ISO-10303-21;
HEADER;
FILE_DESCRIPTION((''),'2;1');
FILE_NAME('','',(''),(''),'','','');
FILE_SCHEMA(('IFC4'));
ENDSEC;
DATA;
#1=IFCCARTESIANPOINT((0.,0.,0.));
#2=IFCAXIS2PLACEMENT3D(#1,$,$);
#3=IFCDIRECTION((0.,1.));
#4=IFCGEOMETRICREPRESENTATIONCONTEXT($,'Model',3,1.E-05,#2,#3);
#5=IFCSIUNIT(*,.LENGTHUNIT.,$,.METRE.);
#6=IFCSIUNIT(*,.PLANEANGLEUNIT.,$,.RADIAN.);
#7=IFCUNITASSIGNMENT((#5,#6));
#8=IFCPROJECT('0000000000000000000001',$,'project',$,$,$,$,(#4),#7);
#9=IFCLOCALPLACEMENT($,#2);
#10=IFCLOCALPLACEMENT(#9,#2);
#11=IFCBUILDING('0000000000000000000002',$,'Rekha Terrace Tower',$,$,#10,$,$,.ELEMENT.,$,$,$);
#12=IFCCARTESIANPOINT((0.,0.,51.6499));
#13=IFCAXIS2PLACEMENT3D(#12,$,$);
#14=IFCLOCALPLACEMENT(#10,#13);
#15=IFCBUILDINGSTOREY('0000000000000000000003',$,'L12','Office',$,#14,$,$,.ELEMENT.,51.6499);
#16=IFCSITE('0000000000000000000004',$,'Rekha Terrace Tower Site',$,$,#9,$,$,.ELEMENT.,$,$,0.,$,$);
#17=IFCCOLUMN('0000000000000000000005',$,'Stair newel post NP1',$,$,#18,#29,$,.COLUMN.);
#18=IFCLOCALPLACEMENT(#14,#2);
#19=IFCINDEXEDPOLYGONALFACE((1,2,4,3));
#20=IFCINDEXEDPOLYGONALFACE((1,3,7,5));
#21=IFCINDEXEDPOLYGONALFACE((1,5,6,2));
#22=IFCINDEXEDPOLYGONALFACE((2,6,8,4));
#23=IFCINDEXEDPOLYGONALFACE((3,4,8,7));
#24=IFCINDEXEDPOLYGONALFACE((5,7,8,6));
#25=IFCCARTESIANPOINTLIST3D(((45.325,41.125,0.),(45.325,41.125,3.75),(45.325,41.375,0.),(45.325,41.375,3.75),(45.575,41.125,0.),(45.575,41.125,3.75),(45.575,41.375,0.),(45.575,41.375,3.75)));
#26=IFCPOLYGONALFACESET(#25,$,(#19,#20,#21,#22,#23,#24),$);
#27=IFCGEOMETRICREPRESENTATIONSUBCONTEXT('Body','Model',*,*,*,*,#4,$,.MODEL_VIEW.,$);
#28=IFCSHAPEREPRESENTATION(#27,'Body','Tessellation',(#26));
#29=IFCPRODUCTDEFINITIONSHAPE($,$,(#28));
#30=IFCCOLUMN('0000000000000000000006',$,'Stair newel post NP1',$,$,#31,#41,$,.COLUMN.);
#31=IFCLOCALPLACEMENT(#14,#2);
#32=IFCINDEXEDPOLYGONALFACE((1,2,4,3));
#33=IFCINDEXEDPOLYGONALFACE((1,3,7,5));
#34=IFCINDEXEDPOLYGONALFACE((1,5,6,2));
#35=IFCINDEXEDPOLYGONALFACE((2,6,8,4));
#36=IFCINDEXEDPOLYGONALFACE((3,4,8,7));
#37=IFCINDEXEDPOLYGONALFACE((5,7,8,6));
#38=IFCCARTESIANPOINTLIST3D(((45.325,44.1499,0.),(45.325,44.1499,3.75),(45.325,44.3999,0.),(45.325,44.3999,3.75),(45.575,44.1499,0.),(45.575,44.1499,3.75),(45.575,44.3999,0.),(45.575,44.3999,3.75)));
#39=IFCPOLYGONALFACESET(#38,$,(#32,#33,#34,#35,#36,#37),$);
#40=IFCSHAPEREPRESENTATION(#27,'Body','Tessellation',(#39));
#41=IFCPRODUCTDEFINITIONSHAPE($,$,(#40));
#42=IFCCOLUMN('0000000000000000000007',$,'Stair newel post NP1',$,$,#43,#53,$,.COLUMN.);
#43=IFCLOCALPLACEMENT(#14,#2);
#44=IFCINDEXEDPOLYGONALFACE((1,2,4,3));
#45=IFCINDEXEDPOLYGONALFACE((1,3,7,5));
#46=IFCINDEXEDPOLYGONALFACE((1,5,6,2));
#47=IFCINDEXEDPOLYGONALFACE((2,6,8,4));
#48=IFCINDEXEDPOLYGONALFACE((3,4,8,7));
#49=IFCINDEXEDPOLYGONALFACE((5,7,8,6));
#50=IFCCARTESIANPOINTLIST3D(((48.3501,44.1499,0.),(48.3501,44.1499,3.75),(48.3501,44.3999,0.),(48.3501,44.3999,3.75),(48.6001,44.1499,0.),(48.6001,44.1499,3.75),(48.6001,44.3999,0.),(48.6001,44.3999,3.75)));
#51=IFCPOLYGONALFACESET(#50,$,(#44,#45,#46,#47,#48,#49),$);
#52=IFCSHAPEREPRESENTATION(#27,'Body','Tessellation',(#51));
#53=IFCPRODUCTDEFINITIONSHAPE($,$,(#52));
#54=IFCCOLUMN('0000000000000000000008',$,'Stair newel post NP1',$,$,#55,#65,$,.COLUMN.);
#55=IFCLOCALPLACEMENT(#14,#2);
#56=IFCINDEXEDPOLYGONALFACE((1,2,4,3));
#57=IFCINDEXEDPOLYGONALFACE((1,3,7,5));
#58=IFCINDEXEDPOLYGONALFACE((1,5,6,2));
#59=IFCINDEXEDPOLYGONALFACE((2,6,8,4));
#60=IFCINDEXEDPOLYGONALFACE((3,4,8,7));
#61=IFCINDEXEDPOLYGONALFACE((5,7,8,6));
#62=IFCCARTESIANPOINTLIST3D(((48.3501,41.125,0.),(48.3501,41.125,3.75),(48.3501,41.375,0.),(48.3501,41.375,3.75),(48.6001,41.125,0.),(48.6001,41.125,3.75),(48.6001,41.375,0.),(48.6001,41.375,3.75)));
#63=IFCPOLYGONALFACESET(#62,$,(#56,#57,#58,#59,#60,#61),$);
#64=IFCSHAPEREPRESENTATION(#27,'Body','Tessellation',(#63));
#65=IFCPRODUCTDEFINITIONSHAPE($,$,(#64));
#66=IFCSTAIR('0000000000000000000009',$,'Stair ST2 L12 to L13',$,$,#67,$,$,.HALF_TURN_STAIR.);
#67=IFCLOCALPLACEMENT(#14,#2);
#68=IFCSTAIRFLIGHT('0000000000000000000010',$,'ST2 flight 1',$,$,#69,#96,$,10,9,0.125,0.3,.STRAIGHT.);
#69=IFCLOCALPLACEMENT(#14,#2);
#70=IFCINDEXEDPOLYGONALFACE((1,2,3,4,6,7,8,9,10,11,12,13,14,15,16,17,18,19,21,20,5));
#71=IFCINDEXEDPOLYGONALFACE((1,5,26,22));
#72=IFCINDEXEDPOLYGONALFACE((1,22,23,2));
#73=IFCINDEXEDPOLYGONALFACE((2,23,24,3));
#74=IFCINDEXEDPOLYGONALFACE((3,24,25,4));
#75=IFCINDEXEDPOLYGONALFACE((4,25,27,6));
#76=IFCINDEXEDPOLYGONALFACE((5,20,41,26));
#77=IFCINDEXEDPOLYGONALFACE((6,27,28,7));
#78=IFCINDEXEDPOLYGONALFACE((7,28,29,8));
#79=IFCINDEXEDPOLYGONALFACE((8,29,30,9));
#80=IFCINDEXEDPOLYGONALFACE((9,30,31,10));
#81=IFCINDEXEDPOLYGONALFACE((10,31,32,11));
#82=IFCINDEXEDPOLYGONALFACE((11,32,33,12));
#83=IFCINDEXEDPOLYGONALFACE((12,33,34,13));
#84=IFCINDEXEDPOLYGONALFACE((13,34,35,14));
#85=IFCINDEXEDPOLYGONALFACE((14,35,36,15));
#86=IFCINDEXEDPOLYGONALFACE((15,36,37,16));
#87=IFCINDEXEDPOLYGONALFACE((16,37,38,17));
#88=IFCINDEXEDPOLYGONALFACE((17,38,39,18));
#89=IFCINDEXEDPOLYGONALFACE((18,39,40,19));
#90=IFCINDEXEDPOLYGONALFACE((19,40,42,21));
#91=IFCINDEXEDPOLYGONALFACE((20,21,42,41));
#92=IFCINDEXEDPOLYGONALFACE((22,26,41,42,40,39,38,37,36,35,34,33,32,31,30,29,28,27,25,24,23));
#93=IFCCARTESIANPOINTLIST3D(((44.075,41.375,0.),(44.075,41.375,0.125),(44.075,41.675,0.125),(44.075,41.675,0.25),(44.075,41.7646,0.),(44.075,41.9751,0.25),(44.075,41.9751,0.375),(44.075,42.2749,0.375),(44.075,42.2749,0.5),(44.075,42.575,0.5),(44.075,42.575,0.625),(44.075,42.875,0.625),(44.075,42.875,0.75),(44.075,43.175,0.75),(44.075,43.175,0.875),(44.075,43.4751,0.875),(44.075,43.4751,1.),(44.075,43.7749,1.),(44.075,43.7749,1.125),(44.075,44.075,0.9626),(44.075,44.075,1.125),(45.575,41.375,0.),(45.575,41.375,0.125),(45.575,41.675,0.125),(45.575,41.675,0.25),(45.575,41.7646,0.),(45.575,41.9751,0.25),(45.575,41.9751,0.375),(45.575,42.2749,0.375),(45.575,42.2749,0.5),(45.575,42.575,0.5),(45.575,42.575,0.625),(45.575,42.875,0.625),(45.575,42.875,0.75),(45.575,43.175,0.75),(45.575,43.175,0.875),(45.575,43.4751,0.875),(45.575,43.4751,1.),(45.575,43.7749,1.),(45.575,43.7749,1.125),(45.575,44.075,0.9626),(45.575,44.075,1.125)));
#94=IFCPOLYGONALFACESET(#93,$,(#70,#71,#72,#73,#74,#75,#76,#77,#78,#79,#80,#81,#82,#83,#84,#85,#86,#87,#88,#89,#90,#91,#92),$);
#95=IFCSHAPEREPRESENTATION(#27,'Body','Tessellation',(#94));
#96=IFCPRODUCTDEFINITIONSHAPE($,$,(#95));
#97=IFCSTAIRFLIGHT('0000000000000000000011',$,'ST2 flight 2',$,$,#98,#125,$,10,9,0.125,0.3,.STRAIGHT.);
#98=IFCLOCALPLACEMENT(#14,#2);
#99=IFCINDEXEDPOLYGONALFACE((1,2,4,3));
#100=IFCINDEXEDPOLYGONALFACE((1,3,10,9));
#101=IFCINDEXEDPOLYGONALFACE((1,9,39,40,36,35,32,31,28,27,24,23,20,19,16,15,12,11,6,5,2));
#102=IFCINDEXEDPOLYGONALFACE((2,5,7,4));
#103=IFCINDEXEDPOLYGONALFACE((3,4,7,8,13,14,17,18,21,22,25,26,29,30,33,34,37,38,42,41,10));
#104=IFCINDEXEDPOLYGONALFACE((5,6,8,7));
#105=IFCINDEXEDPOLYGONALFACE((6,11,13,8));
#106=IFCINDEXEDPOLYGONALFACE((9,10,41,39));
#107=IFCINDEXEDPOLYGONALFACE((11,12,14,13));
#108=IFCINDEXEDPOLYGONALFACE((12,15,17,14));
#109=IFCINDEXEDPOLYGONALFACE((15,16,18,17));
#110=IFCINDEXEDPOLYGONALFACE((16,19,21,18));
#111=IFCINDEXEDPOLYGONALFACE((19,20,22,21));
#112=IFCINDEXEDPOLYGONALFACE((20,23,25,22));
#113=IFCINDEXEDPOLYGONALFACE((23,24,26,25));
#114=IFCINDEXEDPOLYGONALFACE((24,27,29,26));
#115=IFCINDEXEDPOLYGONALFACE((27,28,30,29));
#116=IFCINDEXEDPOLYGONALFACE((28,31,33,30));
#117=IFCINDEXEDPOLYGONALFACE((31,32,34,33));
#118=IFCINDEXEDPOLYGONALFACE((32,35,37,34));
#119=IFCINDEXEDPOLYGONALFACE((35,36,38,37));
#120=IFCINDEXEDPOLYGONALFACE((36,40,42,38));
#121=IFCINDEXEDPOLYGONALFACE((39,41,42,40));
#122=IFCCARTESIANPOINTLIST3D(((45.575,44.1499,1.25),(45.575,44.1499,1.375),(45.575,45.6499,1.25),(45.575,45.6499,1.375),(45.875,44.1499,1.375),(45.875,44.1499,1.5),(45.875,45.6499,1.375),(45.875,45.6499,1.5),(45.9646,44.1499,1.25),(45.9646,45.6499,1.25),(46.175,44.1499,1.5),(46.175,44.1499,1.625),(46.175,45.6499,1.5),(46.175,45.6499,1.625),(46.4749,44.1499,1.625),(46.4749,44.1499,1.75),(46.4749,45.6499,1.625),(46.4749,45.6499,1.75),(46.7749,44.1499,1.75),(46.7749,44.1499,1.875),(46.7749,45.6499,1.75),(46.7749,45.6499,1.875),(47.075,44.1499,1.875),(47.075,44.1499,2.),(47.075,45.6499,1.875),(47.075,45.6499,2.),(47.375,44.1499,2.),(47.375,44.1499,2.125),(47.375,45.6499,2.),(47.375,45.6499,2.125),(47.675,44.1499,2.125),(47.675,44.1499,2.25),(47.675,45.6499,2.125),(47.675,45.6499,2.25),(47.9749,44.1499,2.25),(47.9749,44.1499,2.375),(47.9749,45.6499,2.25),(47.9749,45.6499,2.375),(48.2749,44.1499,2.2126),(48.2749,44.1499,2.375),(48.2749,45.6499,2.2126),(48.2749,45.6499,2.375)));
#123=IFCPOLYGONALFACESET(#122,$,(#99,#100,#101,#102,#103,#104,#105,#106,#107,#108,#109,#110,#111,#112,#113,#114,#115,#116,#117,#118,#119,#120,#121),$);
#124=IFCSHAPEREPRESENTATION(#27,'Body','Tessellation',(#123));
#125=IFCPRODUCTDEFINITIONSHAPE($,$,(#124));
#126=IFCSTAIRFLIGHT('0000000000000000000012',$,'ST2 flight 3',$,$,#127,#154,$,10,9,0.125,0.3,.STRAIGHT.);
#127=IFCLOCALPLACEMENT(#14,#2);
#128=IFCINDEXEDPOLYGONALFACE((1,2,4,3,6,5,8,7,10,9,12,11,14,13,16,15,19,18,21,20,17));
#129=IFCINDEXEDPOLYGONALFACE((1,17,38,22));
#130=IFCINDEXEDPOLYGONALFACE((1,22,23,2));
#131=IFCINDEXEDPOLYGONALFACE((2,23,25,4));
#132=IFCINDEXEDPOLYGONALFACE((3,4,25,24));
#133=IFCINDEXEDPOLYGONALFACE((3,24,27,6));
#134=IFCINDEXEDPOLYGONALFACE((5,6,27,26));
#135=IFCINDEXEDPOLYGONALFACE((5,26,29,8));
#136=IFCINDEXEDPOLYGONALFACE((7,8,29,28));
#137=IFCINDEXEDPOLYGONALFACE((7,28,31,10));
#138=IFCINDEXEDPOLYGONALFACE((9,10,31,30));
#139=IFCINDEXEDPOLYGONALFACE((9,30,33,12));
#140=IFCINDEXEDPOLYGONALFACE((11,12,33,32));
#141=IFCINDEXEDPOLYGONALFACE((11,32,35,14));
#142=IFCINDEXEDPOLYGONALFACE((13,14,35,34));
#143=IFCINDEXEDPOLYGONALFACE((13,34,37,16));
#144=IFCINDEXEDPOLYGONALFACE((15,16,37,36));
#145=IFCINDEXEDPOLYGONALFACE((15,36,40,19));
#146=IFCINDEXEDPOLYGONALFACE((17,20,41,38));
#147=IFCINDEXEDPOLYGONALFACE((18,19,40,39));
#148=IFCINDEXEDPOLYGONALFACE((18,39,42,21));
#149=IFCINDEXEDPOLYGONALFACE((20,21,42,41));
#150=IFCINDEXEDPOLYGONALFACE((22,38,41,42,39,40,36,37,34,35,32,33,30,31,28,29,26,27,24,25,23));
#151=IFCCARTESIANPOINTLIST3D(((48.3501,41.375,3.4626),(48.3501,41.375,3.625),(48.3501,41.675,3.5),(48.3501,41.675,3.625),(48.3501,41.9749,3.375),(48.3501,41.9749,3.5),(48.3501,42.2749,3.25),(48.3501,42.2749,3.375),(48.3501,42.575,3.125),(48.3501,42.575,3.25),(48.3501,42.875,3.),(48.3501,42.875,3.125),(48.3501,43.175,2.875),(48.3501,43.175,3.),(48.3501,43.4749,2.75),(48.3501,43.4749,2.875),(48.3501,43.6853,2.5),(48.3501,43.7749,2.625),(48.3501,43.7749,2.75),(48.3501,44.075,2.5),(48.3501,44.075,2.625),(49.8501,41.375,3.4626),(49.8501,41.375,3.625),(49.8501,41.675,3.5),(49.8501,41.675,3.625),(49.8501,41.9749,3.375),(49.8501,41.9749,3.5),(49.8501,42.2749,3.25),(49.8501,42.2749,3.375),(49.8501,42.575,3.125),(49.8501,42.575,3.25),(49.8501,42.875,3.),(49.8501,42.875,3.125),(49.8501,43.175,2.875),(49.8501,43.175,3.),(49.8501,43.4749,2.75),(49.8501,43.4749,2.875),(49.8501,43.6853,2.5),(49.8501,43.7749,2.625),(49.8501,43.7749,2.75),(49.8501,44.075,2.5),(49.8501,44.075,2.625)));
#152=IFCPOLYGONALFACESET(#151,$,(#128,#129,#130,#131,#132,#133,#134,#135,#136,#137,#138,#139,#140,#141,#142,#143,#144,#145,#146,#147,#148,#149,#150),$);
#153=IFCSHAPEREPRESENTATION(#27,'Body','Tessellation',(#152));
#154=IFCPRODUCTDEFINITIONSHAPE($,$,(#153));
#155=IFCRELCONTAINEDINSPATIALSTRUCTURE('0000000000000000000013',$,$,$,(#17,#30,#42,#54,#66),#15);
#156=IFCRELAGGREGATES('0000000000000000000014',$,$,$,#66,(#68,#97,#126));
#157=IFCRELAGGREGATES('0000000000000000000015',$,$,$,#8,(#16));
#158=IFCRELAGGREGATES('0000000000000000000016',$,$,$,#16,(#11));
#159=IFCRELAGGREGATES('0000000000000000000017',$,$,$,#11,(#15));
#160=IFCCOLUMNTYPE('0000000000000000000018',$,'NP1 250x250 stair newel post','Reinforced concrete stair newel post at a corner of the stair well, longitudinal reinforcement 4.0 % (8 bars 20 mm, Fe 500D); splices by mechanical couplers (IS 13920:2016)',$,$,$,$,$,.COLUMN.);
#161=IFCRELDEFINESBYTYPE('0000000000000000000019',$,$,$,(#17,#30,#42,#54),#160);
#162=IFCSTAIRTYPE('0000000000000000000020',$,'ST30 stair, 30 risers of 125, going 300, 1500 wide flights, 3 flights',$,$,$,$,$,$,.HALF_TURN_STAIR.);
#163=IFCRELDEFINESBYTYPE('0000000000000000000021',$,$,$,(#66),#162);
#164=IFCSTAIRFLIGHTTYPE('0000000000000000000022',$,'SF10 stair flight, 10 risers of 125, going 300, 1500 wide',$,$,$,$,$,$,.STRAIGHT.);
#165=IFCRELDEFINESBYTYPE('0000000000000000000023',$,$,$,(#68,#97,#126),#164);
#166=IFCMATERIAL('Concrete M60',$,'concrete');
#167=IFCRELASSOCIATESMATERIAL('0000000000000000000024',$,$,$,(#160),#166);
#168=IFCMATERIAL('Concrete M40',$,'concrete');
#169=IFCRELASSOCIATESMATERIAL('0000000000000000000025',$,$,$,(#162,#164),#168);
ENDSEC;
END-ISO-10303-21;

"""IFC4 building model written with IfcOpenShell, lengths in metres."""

from ifc_helpers import new_model, si_unit, direction, frame, origin, origin_2d, place, context, subcontext, project, spatial, polyline, rectangle, outline, extrude, material, material_profile, profile_set, type_object, element, aggregate, save


model = new_model("IFC4")

# Units and contexts
model_context = context("Model", 3, precision=1e-05, world=origin(), true_north=direction((0.0, 1.0)))
body_context = subcontext(model_context, "Body", "Model", "MODEL_VIEW")
ifc_project = project(units=[si_unit("LENGTHUNIT", "METRE"), si_unit("PLANEANGLEUNIT", "RADIAN")], contexts=[model_context])

# Site, building, storey
site_placement = place(None, origin())
site = spatial("IfcSite", under=ifc_project, at=site_placement, Name="Rekha Terrace Tower Site", CompositionType="ELEMENT", RefElevation=0.0)
building_placement = place(site_placement, origin())
building = spatial("IfcBuilding", under=site, at=building_placement, Name="Rekha Terrace Tower", CompositionType="ELEMENT")
storey_placement = place(building_placement, frame((0.0, 0.0, 51.6499)))
storey = spatial("IfcBuildingStorey", under=building, at=storey_placement, Name="L12", Description="Office", CompositionType="ELEMENT", Elevation=51.6499)

# Columns
ifc_material_1 = material(Name="Concrete M60", Category="concrete")
ifc_material_profile = material_profile(ifc_material_1, rectangle(XDim=0.25, YDim=0.25, at=origin_2d()), Name="RC 250x250")
ifc_profile_set = profile_set([ifc_material_profile], Name="Concrete M60")
column_type = type_object("IfcColumnType", Name="NP1 250x250 stair newel post", Description="Reinforced concrete stair newel post at a corner of the stair well, longitudinal reinforcement 4.0 % (8 bars 20 mm, Fe 500D); splices by mechanical couplers (IS 13920:2016)", PredefinedType="COLUMN", material=ifc_profile_set)
for number, where, z_axis, x_axis, name in (
    (1, (45.45, 41.25, 0.0), (0.0, 0.0, 1.0), (1.0, 0.0, 0.0), "Stair newel post NP1"),
    (2, (45.45, 44.2749, 0.0), (0.0, 0.0, 1.0), (1.0, 0.0, 0.0), "Stair newel post NP1"),
    (3, (48.4751, 44.2749, 0.0), (0.0, 0.0, 1.0), (1.0, 0.0, 0.0), "Stair newel post NP1"),
    (4, (48.4751, 41.25, 0.0), (0.0, 0.0, 1.0), (1.0, 0.0, 0.0), "Stair newel post NP1"),
):
    element("IfcColumn", number, at=place(storey_placement, frame(where, z_axis=z_axis, x_axis=x_axis)), inside=storey, type_object=column_type, Name=name, PredefinedType="COLUMN", context=body_context, shape_type="SweptSolid", body=[
        extrude(rectangle(XDim=0.25, YDim=0.25, at=origin_2d()), origin(), (0.0, 0.0, 1.0), 3.75),
    ])

# Stair, stair flights
ifc_material_2 = material(Name="Concrete M40", Category="concrete")
stair_type = type_object("IfcStairType", Name="ST30 stair, 30 risers of 125, going 300, 1500 wide flights, 3 flights", PredefinedType="HALF_TURN_STAIR", material=ifc_material_2)
stair_placement = place(storey_placement, origin())
stair = element("IfcStair", 5, at=stair_placement, inside=storey, type_object=stair_type, Name="Stair ST2 L12 to L13", PredefinedType="HALF_TURN_STAIR")
stair_flight_type = type_object("IfcStairFlightType", Name="SF10 stair flight, 10 risers of 125, going 300, 1500 wide", PredefinedType="STRAIGHT", material=ifc_material_2)
stair_flight_1_placement = place(storey_placement, frame((44.825, 41.375, 0.0), z_axis=(0.0, 0.0, 1.0), x_axis=(0.0, 1.0, 0.0)))
stair_flight_1 = element("IfcStairFlight", 6, at=stair_flight_1_placement, type_object=stair_flight_type, Name="ST2 flight 1", NumberOfRisers=10, NumberOfTreads=9, PredefinedType="STRAIGHT", RiserHeight=0.125, TreadLength=0.3, context=body_context, shape_type="SweptSolid", body=[
    extrude(outline(polyline([(0.0, 0.0), (0.0, 0.125), (0.3, 0.125), (0.3, 0.25), (0.6001, 0.25), (0.6001, 0.375), (0.8999, 0.375), (0.8999, 0.5), (1.2, 0.5), (1.2, 0.625), (1.5, 0.625), (1.5, 0.75), (1.8, 0.75), (1.8, 0.875), (2.1001, 0.875), (2.1001, 1.0), (2.3999, 1.0), (2.3999, 1.125), (2.7, 1.125), (2.7, 1.25), (2.7, 0.9626), (0.3896, 0.0), (0.0, 0.0)])), frame((0.0, 0.75, 0.0), z_axis=(0.0, -1.0, 0.0), x_axis=(1.0, 0.0, 0.0)), (0.0, 0.0, 1.0), 1.5),
])
stair_flight_2_placement = place(storey_placement, frame((45.575, 44.8999, 1.25), z_axis=(0.0, 0.0, 1.0), x_axis=(1.0, 0.0, 0.0)))
stair_flight_2 = element("IfcStairFlight", 7, at=stair_flight_2_placement, type_object=stair_flight_type, Name="ST2 flight 2", NumberOfRisers=10, NumberOfTreads=9, PredefinedType="STRAIGHT", RiserHeight=0.125, TreadLength=0.3, context=body_context, shape_type="SweptSolid", body=[
    extrude(outline(polyline([(0.0, 0.0), (0.0, 0.125), (0.3, 0.125), (0.3, 0.25), (0.6001, 0.25), (0.6001, 0.375), (0.8999, 0.375), (0.8999, 0.5), (1.2, 0.5), (1.2, 0.625), (1.5, 0.625), (1.5, 0.75), (1.8, 0.75), (1.8, 0.875), (2.1001, 0.875), (2.1001, 1.0), (2.3999, 1.0), (2.3999, 1.125), (2.7, 1.125), (2.7, 1.25), (2.7, 0.9626), (0.3896, 0.0), (0.0, 0.0)])), frame((0.0, 0.75, 0.0), z_axis=(0.0, -1.0, 0.0), x_axis=(1.0, 0.0, 0.0)), (0.0, 0.0, 1.0), 1.5),
])
stair_flight_3_placement = place(storey_placement, frame((49.1001, 44.075, 2.5), z_axis=(0.0, 0.0, 1.0), x_axis=(0.0, -1.0, 0.0)))
stair_flight_3 = element("IfcStairFlight", 8, at=stair_flight_3_placement, type_object=stair_flight_type, Name="ST2 flight 3", NumberOfRisers=10, NumberOfTreads=9, PredefinedType="STRAIGHT", RiserHeight=0.125, TreadLength=0.3, context=body_context, shape_type="SweptSolid", body=[
    extrude(outline(polyline([(0.0, 0.0), (0.0, 0.125), (0.3, 0.125), (0.3, 0.25), (0.6001, 0.25), (0.6001, 0.375), (0.8999, 0.375), (0.8999, 0.5), (1.2, 0.5), (1.2, 0.625), (1.5, 0.625), (1.5, 0.75), (1.8, 0.75), (1.8, 0.875), (2.1001, 0.875), (2.1001, 1.0), (2.3999, 1.0), (2.3999, 1.125), (2.7, 1.125), (2.7, 1.25), (2.7, 0.9626), (0.3896, 0.0), (0.0, 0.0)])), frame((0.0, 0.75, 0.0), z_axis=(0.0, -1.0, 0.0), x_axis=(1.0, 0.0, 0.0)), (0.0, 0.0, 1.0), 1.5),
])
aggregate(stair, [stair_flight_1, stair_flight_2, stair_flight_3])

save(model, "model.ifc")
